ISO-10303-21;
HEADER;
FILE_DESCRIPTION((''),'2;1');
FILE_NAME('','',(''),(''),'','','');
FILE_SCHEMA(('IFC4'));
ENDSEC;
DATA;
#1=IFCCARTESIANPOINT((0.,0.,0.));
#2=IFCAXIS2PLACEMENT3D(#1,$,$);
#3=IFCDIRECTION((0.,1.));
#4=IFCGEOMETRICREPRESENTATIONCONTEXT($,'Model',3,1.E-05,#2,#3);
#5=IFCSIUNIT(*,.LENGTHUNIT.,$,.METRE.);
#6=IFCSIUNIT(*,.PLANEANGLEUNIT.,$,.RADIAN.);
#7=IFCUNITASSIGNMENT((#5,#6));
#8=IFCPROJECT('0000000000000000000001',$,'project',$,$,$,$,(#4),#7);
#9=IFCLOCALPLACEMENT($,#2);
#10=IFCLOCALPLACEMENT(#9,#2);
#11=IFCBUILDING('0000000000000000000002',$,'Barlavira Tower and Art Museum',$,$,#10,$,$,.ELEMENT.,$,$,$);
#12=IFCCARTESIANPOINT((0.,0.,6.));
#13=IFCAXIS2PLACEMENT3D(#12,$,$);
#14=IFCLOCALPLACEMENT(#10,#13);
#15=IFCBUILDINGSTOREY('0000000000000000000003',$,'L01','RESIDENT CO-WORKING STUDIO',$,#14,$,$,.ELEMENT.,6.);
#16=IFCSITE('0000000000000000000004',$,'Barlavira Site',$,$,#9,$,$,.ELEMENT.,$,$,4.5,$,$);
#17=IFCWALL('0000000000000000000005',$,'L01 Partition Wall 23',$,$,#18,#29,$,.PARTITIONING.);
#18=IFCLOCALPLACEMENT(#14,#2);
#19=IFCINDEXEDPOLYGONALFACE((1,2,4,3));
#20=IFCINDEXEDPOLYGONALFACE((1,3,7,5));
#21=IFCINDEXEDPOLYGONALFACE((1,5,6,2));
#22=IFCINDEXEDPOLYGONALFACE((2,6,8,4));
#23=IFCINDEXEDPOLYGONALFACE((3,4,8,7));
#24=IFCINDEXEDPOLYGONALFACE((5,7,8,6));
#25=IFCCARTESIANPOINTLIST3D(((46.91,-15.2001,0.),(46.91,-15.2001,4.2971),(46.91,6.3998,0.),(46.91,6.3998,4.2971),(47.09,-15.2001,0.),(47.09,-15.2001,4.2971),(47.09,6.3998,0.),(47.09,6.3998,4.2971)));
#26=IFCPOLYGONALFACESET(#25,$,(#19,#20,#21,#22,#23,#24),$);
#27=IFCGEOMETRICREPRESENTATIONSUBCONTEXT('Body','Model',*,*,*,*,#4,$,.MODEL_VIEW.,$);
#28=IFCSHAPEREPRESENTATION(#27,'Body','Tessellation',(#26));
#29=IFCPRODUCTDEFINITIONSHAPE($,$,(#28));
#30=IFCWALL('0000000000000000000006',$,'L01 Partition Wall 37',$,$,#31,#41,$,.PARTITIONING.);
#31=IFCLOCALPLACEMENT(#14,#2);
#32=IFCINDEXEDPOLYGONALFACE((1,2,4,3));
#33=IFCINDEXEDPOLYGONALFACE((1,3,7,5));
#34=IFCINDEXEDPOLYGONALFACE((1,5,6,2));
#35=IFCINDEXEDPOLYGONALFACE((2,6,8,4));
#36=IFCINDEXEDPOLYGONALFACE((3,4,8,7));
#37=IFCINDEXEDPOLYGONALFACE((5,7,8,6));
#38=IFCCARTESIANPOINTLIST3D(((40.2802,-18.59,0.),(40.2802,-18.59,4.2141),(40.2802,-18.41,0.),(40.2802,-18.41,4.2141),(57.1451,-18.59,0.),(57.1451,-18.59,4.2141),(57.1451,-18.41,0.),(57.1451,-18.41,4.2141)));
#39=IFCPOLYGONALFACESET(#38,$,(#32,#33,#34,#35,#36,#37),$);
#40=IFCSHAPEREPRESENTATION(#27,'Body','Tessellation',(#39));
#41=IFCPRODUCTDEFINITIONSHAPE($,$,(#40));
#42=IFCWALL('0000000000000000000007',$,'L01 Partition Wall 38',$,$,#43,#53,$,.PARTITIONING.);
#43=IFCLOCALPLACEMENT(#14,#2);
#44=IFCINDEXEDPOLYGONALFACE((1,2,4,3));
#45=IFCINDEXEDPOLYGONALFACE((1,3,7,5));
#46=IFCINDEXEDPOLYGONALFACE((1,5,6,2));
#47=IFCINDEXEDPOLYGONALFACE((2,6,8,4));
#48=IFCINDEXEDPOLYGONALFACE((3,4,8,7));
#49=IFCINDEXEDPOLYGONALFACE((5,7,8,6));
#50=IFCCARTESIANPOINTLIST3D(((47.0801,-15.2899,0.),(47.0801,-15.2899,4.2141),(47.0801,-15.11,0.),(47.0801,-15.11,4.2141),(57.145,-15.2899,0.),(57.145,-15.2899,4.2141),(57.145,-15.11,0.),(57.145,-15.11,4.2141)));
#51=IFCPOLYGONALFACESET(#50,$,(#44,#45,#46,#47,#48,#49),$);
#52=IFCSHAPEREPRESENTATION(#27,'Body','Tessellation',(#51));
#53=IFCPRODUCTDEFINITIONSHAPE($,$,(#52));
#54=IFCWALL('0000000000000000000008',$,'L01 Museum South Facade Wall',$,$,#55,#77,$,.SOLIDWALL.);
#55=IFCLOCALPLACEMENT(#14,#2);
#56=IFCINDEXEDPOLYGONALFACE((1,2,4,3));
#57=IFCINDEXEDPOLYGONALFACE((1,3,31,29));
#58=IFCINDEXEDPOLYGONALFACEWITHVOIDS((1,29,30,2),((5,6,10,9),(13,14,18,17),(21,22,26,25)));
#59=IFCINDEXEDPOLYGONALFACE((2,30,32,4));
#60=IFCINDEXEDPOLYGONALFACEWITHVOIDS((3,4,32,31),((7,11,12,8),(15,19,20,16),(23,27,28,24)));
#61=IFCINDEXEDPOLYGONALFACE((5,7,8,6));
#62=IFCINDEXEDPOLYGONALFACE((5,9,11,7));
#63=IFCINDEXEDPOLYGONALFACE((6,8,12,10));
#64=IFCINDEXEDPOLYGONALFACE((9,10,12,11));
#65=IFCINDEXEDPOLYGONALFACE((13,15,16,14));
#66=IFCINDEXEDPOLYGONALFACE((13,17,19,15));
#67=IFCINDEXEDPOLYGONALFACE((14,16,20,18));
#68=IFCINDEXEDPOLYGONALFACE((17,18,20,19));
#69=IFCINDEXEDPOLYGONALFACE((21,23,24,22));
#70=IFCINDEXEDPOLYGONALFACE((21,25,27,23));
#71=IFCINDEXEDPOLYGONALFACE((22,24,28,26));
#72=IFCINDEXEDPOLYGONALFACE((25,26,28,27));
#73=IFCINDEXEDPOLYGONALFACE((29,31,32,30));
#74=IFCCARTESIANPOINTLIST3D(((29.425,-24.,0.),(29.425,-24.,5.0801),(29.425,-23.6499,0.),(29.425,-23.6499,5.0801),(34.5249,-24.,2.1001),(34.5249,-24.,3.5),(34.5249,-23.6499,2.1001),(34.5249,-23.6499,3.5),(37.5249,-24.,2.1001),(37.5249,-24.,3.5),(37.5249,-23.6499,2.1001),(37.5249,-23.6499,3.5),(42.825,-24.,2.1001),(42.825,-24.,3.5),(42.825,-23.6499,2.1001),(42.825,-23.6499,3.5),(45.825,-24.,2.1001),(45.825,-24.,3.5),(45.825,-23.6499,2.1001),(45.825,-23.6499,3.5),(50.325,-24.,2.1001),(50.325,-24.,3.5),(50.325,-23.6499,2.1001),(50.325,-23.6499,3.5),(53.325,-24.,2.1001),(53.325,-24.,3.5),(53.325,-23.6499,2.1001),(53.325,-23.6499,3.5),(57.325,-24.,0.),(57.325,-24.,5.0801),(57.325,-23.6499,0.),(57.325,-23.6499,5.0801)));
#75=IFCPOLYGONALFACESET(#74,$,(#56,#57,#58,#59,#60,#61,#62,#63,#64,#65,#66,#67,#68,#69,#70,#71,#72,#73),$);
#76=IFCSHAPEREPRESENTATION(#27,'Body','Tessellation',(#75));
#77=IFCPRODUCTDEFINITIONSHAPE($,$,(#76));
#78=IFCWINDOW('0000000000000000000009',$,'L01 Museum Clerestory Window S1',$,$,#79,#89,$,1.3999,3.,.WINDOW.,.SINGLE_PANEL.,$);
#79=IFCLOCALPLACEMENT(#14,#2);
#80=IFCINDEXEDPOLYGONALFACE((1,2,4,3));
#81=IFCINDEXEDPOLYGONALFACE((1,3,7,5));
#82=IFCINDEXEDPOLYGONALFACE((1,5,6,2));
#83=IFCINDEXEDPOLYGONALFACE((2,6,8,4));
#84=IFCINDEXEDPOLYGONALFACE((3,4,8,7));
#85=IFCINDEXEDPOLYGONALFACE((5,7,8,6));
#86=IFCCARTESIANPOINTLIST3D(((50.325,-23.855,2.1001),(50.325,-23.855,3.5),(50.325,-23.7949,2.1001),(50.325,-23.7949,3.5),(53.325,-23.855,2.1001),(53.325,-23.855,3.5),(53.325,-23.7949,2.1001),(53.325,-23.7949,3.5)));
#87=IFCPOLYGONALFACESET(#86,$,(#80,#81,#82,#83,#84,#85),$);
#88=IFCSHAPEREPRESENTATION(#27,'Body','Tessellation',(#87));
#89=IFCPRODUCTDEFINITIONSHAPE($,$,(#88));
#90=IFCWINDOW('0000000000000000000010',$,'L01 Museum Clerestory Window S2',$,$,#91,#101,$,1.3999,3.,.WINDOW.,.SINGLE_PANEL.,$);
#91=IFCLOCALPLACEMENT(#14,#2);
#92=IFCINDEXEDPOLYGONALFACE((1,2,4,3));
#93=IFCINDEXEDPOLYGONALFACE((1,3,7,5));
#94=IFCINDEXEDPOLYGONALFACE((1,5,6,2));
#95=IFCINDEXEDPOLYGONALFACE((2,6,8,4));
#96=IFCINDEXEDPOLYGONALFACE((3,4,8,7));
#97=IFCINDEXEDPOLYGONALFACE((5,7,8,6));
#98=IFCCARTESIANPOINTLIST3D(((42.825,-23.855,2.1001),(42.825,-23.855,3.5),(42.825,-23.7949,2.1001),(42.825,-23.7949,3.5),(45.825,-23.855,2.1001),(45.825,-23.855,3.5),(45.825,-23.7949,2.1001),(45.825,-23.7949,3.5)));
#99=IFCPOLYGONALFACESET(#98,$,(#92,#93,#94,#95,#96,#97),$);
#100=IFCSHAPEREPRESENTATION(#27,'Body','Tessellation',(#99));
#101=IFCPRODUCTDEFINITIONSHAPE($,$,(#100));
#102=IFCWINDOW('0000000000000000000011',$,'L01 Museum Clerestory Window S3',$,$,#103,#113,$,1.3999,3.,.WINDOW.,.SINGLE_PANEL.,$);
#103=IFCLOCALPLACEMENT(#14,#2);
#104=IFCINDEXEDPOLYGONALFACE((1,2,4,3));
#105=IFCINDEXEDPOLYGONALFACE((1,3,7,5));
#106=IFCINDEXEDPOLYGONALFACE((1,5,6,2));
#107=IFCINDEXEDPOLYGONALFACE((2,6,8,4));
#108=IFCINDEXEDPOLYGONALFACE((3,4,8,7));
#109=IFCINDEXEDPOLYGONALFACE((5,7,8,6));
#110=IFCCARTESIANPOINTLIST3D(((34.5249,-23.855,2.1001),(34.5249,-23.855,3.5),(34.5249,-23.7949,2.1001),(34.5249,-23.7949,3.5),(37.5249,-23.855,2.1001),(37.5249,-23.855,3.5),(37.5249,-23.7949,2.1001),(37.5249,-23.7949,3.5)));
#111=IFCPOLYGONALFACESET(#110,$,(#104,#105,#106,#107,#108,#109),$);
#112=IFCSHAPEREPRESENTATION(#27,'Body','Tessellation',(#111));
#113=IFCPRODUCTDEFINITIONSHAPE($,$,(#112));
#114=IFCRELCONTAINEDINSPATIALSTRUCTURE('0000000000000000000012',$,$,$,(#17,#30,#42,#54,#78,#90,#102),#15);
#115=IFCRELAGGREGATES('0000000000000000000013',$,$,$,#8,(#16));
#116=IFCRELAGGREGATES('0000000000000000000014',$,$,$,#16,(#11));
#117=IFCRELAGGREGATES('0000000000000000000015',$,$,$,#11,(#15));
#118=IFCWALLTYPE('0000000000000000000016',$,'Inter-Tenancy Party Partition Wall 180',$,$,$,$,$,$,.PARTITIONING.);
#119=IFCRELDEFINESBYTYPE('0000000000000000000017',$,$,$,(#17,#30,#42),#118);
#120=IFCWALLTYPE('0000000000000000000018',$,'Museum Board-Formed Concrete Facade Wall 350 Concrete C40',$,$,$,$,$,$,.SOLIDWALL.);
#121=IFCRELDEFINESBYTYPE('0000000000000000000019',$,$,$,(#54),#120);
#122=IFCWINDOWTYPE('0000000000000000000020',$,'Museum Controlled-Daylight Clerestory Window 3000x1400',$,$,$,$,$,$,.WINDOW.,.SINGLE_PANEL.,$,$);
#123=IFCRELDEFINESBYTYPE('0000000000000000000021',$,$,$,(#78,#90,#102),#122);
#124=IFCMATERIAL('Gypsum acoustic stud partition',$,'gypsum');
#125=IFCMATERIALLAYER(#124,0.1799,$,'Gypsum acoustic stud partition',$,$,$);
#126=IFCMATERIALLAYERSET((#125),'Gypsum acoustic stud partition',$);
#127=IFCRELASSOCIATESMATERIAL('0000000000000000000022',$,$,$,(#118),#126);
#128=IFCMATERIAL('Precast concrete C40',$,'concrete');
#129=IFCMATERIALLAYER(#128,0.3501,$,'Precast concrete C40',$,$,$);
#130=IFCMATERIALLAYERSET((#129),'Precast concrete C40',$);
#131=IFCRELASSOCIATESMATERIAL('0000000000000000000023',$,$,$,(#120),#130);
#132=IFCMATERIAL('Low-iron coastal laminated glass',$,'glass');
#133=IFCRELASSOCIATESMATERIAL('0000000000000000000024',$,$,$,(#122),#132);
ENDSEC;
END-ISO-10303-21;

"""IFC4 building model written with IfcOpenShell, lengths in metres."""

from ifc_helpers import new_model, si_unit, direction, frame, frame_2d, origin, place, context, subcontext, project, spatial, rectangle, extrude, material, layer, layer_set, type_object, element, fill, save


model = new_model("IFC4")

# Units and contexts
model_context = context("Model", 3, precision=1e-05, world=origin(), true_north=direction((0.0, 1.0)))
body_context = subcontext(model_context, "Body", "Model", "MODEL_VIEW")
ifc_project = project(units=[si_unit("LENGTHUNIT", "METRE"), si_unit("PLANEANGLEUNIT", "RADIAN")], contexts=[model_context])

# Site, building, storey
site_placement = place(None, origin())
site = spatial("IfcSite", under=ifc_project, at=site_placement, Name="Barlavira Site", CompositionType="ELEMENT", RefElevation=4.5)
building_placement = place(site_placement, origin())
building = spatial("IfcBuilding", under=site, at=building_placement, Name="Barlavira Tower and Art Museum", CompositionType="ELEMENT")
storey_placement = place(building_placement, frame((0.0, 0.0, 6.0)))
storey = spatial("IfcBuildingStorey", under=building, at=storey_placement, Name="L01", Description="RESIDENT CO-WORKING STUDIO", CompositionType="ELEMENT", Elevation=6.0)

# Shared definitions
ifc_material_1 = material(Name="Precast concrete C40", Category="concrete")

# Shared definitions
ifc_material_2 = material(Name="Gypsum acoustic stud partition", Category="gypsum")
ifc_layer_1 = layer(ifc_material_2, 0.1799, Name="Gypsum acoustic stud partition")
ifc_layer_set_1 = layer_set([ifc_layer_1], Name="Gypsum acoustic stud partition")
wall_type_1 = type_object("IfcWallType", Name="Inter-Tenancy Party Partition Wall 180", PredefinedType="PARTITIONING", material=ifc_layer_set_1)

# Walls
wall_1_placement = place(storey_placement, frame((47.0, -15.2, 0.0), z_axis=(0.0, 0.0, 1.0), x_axis=(0.0, 1.0, 0.0)))
element("IfcWall", 1, at=wall_1_placement, inside=storey, type_object=wall_type_1, Name="L01 Partition Wall 23", PredefinedType="PARTITIONING", context=body_context, shape_type="SweptSolid", body=[
    extrude(rectangle(XDim=21.5999, YDim=0.1799, at=frame_2d((10.7998, 0.0))), origin(), (0.0, 0.0, 1.0), 4.2971),
])
wall_2_placement = place(storey_placement, frame((40.28, -18.5, 0.0), z_axis=(0.0, 0.0, 1.0), x_axis=(1.0, 0.0, 0.0)))
element("IfcWall", 2, at=wall_2_placement, inside=storey, type_object=wall_type_1, Name="L01 Partition Wall 37", PredefinedType="PARTITIONING", context=body_context, shape_type="SweptSolid", body=[
    extrude(rectangle(XDim=16.865, YDim=0.1799, at=frame_2d((8.4326, 0.0))), origin(), (0.0, 0.0, 1.0), 4.2141),
])
wall_3_placement = place(storey_placement, frame((47.0801, -15.2, 0.0), z_axis=(0.0, 0.0, 1.0), x_axis=(1.0, 0.0, 0.0)))
element("IfcWall", 3, at=wall_3_placement, inside=storey, type_object=wall_type_1, Name="L01 Partition Wall 38", PredefinedType="PARTITIONING", context=body_context, shape_type="SweptSolid", body=[
    extrude(rectangle(XDim=10.0649, YDim=0.1799, at=frame_2d((5.0325, 0.0))), origin(), (0.0, 0.0, 1.0), 4.2141),
])

# Wall, openings, windows
ifc_layer_2 = layer(ifc_material_1, 0.3501, Name="Precast concrete C40")
ifc_layer_set_2 = layer_set([ifc_layer_2], Name="Precast concrete C40")
wall_type_2 = type_object("IfcWallType", Name="Museum Board-Formed Concrete Facade Wall 350 Concrete C40", PredefinedType="SOLIDWALL", material=ifc_layer_set_2)
wall_4_placement = place(storey_placement, frame((57.325, -23.825, 0.0), z_axis=(0.0, 0.0, 1.0), x_axis=(-1.0, 0.0, 0.0)))
wall_4 = element("IfcWall", 4, at=wall_4_placement, inside=storey, type_object=wall_type_2, Name="L01 Museum South Facade Wall", PredefinedType="SOLIDWALL", context=body_context, shape_type="SweptSolid", body=[
    extrude(rectangle(XDim=27.8999, YDim=0.3501, at=frame_2d((13.95, 0.0))), origin(), (0.0, 0.0, 1.0), 5.0801),
])
opening_1_placement = place(wall_4_placement, frame((4.0, 0.0, 2.1001)))
opening_1 = element("IfcOpeningElement", 5, at=opening_1_placement, cuts=wall_4, PredefinedType="OPENING", context=body_context, shape_type="SweptSolid", body=[
    extrude(rectangle(XDim=3.0, YDim=1.3999, at=frame_2d((1.5, 0.7))), frame((0.0, 0.1851, 0.0), z_axis=(0.0, -1.0, 0.0), x_axis=(1.0, 0.0, 0.0)), (0.0, 0.0, 1.0), 0.3701),
])
opening_2_placement = place(wall_4_placement, frame((11.5, 0.0, 2.1001)))
opening_2 = element("IfcOpeningElement", 6, at=opening_2_placement, cuts=wall_4, PredefinedType="OPENING", context=body_context, shape_type="SweptSolid", body=[
    extrude(rectangle(XDim=3.0, YDim=1.3999, at=frame_2d((1.5, 0.7))), frame((0.0, 0.1851, 0.0), z_axis=(0.0, -1.0, 0.0), x_axis=(1.0, 0.0, 0.0)), (0.0, 0.0, 1.0), 0.3701),
])
opening_3_placement = place(wall_4_placement, frame((19.8, 0.0, 2.1001)))
opening_3 = element("IfcOpeningElement", 7, at=opening_3_placement, cuts=wall_4, PredefinedType="OPENING", context=body_context, shape_type="SweptSolid", body=[
    extrude(rectangle(XDim=3.0, YDim=1.3999, at=frame_2d((1.5, 0.7))), frame((0.0, 0.1851, 0.0), z_axis=(0.0, -1.0, 0.0), x_axis=(1.0, 0.0, 0.0)), (0.0, 0.0, 1.0), 0.3701),
])
ifc_material_3 = material(Name="Low-iron coastal laminated glass", Category="glass")
window_type = type_object("IfcWindowType", Name="Museum Controlled-Daylight Clerestory Window 3000x1400", PartitioningType="SINGLE_PANEL", PredefinedType="WINDOW", material=ifc_material_3)
window_1_placement = place(opening_1_placement, origin())
window_1 = element("IfcWindow", 8, at=window_1_placement, inside=storey, type_object=window_type, Name="L01 Museum Clerestory Window S1", OverallHeight=1.3999, OverallWidth=3.0, PartitioningType="SINGLE_PANEL", PredefinedType="WINDOW", context=body_context, shape_type="SweptSolid", body=[
    extrude(rectangle(XDim=3.0, YDim=1.3999, at=frame_2d((1.5, 0.7))), frame((0.0, 0.03, 0.0), z_axis=(0.0, -1.0, 0.0), x_axis=(1.0, 0.0, 0.0)), (0.0, 0.0, 1.0), 0.0601),
])
fill(opening_1, window_1)
window_2_placement = place(opening_2_placement, origin())
window_2 = element("IfcWindow", 9, at=window_2_placement, inside=storey, type_object=window_type, Name="L01 Museum Clerestory Window S2", OverallHeight=1.3999, OverallWidth=3.0, PartitioningType="SINGLE_PANEL", PredefinedType="WINDOW", context=body_context, shape_type="SweptSolid", body=[
    extrude(rectangle(XDim=3.0, YDim=1.3999, at=frame_2d((1.5, 0.7))), frame((0.0, 0.03, 0.0), z_axis=(0.0, -1.0, 0.0), x_axis=(1.0, 0.0, 0.0)), (0.0, 0.0, 1.0), 0.0601),
])
fill(opening_2, window_2)
window_3_placement = place(opening_3_placement, origin())
window_3 = element("IfcWindow", 10, at=window_3_placement, inside=storey, type_object=window_type, Name="L01 Museum Clerestory Window S3", OverallHeight=1.3999, OverallWidth=3.0, PartitioningType="SINGLE_PANEL", PredefinedType="WINDOW", context=body_context, shape_type="SweptSolid", body=[
    extrude(rectangle(XDim=3.0, YDim=1.3999, at=frame_2d((1.5, 0.7))), frame((0.0, 0.03, 0.0), z_axis=(0.0, -1.0, 0.0), x_axis=(1.0, 0.0, 0.0)), (0.0, 0.0, 1.0), 0.0601),
])
fill(opening_3, window_3)

save(model, "model.ifc")
